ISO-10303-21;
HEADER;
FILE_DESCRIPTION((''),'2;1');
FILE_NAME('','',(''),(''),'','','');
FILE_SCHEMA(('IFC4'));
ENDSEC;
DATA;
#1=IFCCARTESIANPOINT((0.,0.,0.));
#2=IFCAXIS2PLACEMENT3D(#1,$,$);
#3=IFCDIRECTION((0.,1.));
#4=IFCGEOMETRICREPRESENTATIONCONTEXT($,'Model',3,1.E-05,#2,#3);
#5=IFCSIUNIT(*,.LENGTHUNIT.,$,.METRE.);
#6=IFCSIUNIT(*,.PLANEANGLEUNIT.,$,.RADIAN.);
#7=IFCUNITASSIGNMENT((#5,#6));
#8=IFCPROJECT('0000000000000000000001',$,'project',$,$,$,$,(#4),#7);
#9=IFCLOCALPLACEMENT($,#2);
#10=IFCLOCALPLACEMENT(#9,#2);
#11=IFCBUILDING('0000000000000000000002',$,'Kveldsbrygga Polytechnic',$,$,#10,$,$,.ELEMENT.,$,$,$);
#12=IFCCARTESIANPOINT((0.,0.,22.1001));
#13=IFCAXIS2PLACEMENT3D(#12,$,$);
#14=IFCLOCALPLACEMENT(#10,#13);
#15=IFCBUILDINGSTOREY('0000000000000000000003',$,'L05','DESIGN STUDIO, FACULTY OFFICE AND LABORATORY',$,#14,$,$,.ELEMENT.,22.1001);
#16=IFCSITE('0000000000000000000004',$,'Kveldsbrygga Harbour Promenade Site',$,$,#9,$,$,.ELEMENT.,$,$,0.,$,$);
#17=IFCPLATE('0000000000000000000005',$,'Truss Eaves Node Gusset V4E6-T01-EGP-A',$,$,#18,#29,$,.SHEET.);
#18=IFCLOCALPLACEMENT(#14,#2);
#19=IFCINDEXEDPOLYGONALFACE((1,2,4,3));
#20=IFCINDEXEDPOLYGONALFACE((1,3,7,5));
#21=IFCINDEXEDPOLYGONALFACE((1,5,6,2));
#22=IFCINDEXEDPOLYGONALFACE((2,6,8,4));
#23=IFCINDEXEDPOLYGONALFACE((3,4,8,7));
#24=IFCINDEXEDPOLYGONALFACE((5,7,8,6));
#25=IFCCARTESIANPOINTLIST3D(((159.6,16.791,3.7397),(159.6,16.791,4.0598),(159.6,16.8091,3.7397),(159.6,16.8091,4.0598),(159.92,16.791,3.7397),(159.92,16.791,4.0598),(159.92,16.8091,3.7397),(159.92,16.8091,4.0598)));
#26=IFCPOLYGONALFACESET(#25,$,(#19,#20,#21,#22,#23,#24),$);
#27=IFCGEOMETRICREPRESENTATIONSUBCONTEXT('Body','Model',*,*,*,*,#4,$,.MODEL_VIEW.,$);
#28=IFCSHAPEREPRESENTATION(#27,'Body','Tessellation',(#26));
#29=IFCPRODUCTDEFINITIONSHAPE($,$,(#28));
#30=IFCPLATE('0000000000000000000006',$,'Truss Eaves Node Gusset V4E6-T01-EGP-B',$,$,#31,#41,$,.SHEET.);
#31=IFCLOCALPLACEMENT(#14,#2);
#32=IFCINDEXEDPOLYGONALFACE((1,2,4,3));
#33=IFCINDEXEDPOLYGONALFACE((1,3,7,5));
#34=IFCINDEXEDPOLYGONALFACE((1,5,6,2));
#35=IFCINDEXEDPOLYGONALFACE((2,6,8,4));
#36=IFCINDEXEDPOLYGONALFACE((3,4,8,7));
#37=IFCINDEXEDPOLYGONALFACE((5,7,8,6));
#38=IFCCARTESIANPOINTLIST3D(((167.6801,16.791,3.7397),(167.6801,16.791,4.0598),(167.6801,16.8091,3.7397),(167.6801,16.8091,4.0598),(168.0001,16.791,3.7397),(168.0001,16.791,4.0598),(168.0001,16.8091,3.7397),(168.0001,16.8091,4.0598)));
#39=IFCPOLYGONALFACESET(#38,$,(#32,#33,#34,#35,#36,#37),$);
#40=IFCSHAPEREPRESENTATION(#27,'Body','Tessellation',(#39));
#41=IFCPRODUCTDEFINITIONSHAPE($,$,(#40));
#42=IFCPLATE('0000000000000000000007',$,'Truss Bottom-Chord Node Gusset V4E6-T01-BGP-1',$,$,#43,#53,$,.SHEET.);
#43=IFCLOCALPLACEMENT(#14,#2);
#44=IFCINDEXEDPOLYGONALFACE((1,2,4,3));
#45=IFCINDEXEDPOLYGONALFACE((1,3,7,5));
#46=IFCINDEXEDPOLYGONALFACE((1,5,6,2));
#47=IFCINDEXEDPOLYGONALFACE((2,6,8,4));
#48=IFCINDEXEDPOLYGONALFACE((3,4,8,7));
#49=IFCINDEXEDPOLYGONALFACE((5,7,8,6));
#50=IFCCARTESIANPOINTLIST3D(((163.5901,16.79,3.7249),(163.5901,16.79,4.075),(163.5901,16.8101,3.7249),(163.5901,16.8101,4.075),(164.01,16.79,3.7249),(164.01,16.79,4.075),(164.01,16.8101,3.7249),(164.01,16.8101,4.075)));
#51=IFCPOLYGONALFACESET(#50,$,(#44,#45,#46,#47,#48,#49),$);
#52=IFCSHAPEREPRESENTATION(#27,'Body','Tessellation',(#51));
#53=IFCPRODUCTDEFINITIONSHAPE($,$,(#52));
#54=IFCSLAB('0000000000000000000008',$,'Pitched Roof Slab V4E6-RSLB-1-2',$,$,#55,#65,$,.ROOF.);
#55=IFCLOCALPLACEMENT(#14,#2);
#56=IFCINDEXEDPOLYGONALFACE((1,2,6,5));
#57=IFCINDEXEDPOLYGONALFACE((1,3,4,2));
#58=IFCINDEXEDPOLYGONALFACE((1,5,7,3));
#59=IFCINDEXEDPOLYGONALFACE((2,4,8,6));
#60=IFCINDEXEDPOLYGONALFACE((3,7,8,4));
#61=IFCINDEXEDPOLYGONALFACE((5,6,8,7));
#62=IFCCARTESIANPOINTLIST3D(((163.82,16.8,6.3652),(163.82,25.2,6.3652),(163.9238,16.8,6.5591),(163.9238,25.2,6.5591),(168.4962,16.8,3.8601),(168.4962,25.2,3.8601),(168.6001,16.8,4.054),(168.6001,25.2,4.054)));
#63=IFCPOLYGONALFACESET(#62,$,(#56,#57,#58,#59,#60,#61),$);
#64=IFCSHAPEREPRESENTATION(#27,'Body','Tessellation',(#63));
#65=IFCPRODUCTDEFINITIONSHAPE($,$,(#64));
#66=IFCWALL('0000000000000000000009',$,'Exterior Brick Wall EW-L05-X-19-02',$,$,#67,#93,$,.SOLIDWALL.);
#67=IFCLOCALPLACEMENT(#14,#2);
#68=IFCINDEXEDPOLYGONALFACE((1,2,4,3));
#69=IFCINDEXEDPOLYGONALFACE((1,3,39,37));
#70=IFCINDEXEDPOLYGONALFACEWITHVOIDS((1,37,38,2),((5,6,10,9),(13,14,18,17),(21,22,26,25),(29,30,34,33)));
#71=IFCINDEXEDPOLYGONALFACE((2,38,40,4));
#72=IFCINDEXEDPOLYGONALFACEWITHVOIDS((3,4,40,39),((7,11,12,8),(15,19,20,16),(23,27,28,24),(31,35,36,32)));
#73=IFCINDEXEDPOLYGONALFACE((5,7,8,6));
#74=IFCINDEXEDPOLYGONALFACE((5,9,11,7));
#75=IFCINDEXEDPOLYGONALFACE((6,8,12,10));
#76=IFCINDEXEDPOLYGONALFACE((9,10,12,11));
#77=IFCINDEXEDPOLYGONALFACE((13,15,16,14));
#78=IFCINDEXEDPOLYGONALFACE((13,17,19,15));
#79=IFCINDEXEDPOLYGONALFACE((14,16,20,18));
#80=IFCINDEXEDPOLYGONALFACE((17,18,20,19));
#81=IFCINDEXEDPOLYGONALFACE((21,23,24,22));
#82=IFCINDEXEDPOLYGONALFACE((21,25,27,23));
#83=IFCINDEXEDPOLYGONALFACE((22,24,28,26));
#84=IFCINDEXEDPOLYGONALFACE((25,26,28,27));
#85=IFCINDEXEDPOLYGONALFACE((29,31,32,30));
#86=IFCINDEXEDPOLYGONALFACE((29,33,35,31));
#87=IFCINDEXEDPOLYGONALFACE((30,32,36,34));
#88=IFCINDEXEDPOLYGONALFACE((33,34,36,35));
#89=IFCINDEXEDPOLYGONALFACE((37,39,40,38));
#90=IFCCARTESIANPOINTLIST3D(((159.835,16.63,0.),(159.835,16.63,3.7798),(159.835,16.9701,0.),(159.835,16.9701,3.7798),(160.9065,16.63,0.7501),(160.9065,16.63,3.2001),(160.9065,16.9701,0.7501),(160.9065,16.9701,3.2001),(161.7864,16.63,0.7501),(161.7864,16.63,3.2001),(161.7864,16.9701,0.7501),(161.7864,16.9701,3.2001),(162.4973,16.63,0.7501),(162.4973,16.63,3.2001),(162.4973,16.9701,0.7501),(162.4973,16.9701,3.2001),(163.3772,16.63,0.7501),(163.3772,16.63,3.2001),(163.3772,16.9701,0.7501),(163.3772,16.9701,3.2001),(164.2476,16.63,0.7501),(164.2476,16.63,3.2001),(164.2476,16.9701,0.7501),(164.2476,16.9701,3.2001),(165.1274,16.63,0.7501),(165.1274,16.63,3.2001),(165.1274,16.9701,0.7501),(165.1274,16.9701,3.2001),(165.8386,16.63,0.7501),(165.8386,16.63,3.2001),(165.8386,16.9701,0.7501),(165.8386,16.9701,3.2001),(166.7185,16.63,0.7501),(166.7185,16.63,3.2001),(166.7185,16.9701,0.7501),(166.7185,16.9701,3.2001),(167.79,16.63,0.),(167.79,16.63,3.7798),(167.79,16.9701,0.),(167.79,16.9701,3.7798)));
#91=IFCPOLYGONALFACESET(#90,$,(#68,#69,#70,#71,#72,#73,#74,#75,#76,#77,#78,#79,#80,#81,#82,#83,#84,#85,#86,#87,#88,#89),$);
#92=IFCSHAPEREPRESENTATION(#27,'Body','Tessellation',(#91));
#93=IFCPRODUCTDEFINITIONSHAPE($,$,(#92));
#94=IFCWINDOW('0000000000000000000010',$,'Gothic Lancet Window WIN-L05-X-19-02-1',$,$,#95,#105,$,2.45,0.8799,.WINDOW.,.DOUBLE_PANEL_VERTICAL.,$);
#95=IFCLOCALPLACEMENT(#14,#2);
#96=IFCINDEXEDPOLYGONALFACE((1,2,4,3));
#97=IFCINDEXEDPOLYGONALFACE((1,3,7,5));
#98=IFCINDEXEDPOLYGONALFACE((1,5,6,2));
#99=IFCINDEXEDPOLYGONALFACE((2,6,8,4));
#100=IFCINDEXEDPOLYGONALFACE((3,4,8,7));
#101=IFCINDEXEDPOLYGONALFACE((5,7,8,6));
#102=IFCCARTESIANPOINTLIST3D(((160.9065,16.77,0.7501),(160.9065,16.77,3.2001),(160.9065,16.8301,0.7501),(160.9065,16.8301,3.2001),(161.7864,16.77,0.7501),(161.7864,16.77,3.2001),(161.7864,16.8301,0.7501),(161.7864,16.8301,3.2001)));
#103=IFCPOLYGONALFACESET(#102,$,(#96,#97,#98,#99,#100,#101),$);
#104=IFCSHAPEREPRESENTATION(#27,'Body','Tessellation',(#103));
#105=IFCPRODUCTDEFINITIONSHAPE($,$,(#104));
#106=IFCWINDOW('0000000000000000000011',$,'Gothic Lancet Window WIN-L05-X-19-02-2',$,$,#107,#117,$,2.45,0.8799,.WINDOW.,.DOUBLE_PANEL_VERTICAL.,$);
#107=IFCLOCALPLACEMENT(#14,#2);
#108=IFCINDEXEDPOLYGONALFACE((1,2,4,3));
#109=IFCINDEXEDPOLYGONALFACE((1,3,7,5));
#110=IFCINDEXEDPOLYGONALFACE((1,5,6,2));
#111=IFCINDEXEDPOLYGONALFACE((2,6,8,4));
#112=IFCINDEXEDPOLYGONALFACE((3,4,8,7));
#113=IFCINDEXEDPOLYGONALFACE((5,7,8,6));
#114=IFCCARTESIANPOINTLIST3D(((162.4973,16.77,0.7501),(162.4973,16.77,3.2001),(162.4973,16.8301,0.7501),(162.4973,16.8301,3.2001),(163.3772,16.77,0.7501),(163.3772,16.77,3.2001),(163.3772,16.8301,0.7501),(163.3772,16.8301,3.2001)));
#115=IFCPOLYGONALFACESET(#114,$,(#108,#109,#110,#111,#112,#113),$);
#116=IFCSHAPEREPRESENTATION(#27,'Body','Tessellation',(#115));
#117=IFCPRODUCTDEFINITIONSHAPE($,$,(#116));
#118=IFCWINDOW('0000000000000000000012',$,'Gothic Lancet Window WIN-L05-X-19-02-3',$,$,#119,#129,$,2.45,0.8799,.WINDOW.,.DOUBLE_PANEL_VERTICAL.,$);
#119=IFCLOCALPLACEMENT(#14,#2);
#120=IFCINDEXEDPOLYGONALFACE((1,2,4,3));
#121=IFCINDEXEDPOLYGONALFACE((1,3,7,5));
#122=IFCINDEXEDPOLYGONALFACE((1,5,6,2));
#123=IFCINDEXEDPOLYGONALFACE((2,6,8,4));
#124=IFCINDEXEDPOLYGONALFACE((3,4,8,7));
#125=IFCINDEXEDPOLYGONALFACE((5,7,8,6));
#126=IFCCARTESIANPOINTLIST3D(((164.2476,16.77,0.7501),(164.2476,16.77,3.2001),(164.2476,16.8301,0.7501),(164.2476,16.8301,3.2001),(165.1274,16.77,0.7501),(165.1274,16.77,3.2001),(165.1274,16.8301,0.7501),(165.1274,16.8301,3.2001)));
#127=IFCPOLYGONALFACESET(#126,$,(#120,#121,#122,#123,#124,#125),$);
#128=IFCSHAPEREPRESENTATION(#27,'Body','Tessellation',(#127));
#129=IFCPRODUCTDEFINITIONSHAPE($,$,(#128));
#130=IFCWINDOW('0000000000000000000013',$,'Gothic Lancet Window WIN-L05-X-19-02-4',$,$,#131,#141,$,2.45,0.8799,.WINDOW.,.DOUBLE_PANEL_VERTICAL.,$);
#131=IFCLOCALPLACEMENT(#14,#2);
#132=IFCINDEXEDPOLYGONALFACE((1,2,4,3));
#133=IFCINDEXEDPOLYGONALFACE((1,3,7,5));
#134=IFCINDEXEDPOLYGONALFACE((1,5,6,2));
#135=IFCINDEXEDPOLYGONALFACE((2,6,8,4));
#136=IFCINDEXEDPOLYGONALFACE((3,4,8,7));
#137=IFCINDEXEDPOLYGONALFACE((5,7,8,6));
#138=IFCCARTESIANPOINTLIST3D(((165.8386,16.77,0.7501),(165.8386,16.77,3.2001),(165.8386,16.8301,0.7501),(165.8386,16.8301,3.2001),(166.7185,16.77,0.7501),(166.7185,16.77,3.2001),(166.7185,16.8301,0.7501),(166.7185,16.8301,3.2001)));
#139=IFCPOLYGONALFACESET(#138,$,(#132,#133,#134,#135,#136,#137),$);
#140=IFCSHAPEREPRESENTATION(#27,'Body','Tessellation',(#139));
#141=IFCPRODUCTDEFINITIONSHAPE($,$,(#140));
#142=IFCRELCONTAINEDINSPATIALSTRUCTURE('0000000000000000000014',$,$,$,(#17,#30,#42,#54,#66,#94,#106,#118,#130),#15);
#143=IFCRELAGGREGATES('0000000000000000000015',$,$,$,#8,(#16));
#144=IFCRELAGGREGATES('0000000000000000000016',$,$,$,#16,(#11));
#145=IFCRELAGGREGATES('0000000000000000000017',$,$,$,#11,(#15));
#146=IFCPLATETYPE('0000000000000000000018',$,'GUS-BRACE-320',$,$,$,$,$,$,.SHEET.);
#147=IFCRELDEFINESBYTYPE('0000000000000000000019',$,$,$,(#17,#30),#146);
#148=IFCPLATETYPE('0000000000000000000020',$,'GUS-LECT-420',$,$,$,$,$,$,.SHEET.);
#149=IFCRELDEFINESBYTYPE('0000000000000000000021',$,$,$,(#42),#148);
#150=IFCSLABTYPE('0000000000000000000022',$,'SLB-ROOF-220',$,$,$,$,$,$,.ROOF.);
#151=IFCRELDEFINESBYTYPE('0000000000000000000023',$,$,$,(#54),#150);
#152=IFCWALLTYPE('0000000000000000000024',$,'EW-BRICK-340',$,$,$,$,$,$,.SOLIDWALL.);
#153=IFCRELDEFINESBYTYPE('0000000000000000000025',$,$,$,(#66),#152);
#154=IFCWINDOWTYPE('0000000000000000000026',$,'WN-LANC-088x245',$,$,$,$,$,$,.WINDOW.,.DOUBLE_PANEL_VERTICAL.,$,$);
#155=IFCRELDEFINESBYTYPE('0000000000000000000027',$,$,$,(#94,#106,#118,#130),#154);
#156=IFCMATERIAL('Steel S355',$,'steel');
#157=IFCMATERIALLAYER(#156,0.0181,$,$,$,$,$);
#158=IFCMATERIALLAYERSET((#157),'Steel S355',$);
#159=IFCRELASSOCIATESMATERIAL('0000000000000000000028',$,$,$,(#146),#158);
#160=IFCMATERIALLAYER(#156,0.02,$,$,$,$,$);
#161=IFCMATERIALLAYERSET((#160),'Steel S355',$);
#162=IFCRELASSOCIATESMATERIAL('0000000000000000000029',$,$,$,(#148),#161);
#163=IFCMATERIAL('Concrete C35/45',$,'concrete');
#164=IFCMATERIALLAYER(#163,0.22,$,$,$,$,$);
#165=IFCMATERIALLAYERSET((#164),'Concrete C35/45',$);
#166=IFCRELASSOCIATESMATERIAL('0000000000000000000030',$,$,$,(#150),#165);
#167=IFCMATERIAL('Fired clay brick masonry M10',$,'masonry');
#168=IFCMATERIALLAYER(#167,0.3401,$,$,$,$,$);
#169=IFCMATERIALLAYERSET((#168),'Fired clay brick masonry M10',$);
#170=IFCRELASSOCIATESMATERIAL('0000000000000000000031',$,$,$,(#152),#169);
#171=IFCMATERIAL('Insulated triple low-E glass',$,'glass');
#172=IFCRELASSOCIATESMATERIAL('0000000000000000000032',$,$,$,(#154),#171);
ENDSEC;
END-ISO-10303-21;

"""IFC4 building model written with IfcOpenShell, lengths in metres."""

from ifc_helpers import new_model, si_unit, direction, frame, frame_2d, origin, origin_2d, place, context, subcontext, project, spatial, polyline, rectangle, outline, extrude, material, layer, layer_set, type_object, element, fill, save


model = new_model("IFC4")

# Units and contexts
model_context = context("Model", 3, precision=1e-05, world=origin(), true_north=direction((0.0, 1.0)))
body_context = subcontext(model_context, "Body", "Model", "MODEL_VIEW")
ifc_project = project(units=[si_unit("LENGTHUNIT", "METRE"), si_unit("PLANEANGLEUNIT", "RADIAN")], contexts=[model_context])

# Site, building, storey
site_placement = place(None, origin())
site = spatial("IfcSite", under=ifc_project, at=site_placement, Name="Kveldsbrygga Harbour Promenade Site", CompositionType="ELEMENT", RefElevation=0.0)
building_placement = place(site_placement, origin())
building = spatial("IfcBuilding", under=site, at=building_placement, Name="Kveldsbrygga Polytechnic", CompositionType="ELEMENT")
storey_placement = place(building_placement, frame((0.0, 0.0, 22.1001)))
storey = spatial("IfcBuildingStorey", under=building, at=storey_placement, Name="L05", Description="DESIGN STUDIO, FACULTY OFFICE AND LABORATORY", CompositionType="ELEMENT", Elevation=22.1001)

# Shared definitions
ifc_material_1 = material(Name="Steel S355", Category="steel")

# Shared definitions
ifc_material_2 = material(Name="Insulated triple low-E glass", Category="glass")

# Plates
ifc_layer_1 = layer(ifc_material_1, 0.0181)
ifc_layer_set_1 = layer_set([ifc_layer_1], Name="Steel S355")
plate_type_1 = type_object("IfcPlateType", Name="GUS-BRACE-320", PredefinedType="SHEET", material=ifc_layer_set_1)
for number, where, z_axis, x_axis, name in (
    (1, (159.76, 16.8, 3.7397), (0.0, 0.0, 1.0), (1.0, 0.0, 0.0), "Truss Eaves Node Gusset V4E6-T01-EGP-A"),
    (2, (167.8401, 16.8, 3.7397), (0.0, 0.0, 1.0), (1.0, 0.0, 0.0), "Truss Eaves Node Gusset V4E6-T01-EGP-B"),
):
    element("IfcPlate", number, at=place(storey_placement, frame(where, z_axis=z_axis, x_axis=x_axis)), inside=storey, type_object=plate_type_1, Name=name, PredefinedType="SHEET", context=body_context, shape_type="SweptSolid", body=[
        extrude(rectangle(XDim=0.3201, YDim=0.0181, at=origin_2d()), origin(), (0.0, 0.0, 1.0), 0.3201),
    ])
ifc_layer_2 = layer(ifc_material_1, 0.02)
ifc_layer_set_2 = layer_set([ifc_layer_2], Name="Steel S355")
plate_type_2 = type_object("IfcPlateType", Name="GUS-LECT-420", PredefinedType="SHEET", material=ifc_layer_set_2)
plate_1_placement = place(storey_placement, frame((163.8, 16.8, 3.7249), z_axis=(0.0, 0.0, 1.0), x_axis=(1.0, 0.0, 0.0)))
element("IfcPlate", 3, at=plate_1_placement, inside=storey, type_object=plate_type_2, Name="Truss Bottom-Chord Node Gusset V4E6-T01-BGP-1", PredefinedType="SHEET", context=body_context, shape_type="SweptSolid", body=[
    extrude(rectangle(XDim=0.4199, YDim=0.02, at=origin_2d()), origin(), (0.0, 0.0, 1.0), 0.3501),
])

# Slab
ifc_material_3 = material(Name="Concrete C35/45", Category="concrete")
ifc_layer_3 = layer(ifc_material_3, 0.22)
ifc_layer_set_3 = layer_set([ifc_layer_3], Name="Concrete C35/45")
slab_type = type_object("IfcSlabType", Name="SLB-ROOF-220", PredefinedType="ROOF", material=ifc_layer_set_3)
slab_placement = place(storey_placement, frame((163.9238, 16.8, 6.5591), z_axis=(0.472219, 0.0, 0.881481), x_axis=(0.881481, 0.0, -0.472219)))
element("IfcSlab", 4, at=slab_placement, inside=storey, type_object=slab_type, Name="Pitched Roof Slab V4E6-RSLB-1-2", PredefinedType="ROOF", context=body_context, shape_type="SweptSolid", body=[
    extrude(outline(polyline([(0.0, 0.0), (5.305, 0.0), (5.305, 8.3999), (0.0, 8.3999), (0.0, 0.0)])), origin(), (0.0, 0.0, -1.0), 0.22),
])

# Wall, openings, windows
ifc_material_4 = material(Name="Fired clay brick masonry M10", Category="masonry")
ifc_layer_4 = layer(ifc_material_4, 0.3401)
ifc_layer_set_4 = layer_set([ifc_layer_4], Name="Fired clay brick masonry M10")
wall_type = type_object("IfcWallType", Name="EW-BRICK-340", PredefinedType="SOLIDWALL", material=ifc_layer_set_4)
wall_placement = place(storey_placement, frame((159.835, 16.8, 0.0), z_axis=(0.0, 0.0, 1.0), x_axis=(1.0, 0.0, 0.0)))
wall = element("IfcWall", 5, at=wall_placement, inside=storey, type_object=wall_type, Name="Exterior Brick Wall EW-L05-X-19-02", PredefinedType="SOLIDWALL", context=body_context, shape_type="SweptSolid", body=[
    extrude(rectangle(XDim=7.9551, YDim=0.3401, at=frame_2d((3.9775, 0.0))), origin(), (0.0, 0.0, 1.0), 3.7798),
])
opening_1_placement = place(wall_placement, frame((1.0715, 0.0, 0.75)))
opening_1 = element("IfcOpeningElement", 6, at=opening_1_placement, cuts=wall, PredefinedType="OPENING", context=body_context, shape_type="SweptSolid", body=[
    extrude(rectangle(XDim=0.8799, YDim=2.45, at=frame_2d((0.4399, 1.2251))), frame((0.0, 0.1802, 0.0), z_axis=(0.0, -1.0, 0.0), x_axis=(1.0, 0.0, 0.0)), (0.0, 0.0, 1.0), 0.3601),
])
opening_2_placement = place(wall_placement, frame((2.6624, 0.0, 0.75)))
opening_2 = element("IfcOpeningElement", 7, at=opening_2_placement, cuts=wall, PredefinedType="OPENING", context=body_context, shape_type="SweptSolid", body=[
    extrude(rectangle(XDim=0.8799, YDim=2.45, at=frame_2d((0.4399, 1.2251))), frame((0.0, 0.1802, 0.0), z_axis=(0.0, -1.0, 0.0), x_axis=(1.0, 0.0, 0.0)), (0.0, 0.0, 1.0), 0.3601),
])
opening_3_placement = place(wall_placement, frame((4.4126, 0.0, 0.75)))
opening_3 = element("IfcOpeningElement", 8, at=opening_3_placement, cuts=wall, PredefinedType="OPENING", context=body_context, shape_type="SweptSolid", body=[
    extrude(rectangle(XDim=0.8799, YDim=2.45, at=frame_2d((0.4399, 1.2251))), frame((0.0, 0.1802, 0.0), z_axis=(0.0, -1.0, 0.0), x_axis=(1.0, 0.0, 0.0)), (0.0, 0.0, 1.0), 0.3601),
])
opening_4_placement = place(wall_placement, frame((6.0037, 0.0, 0.75)))
opening_4 = element("IfcOpeningElement", 9, at=opening_4_placement, cuts=wall, PredefinedType="OPENING", context=body_context, shape_type="SweptSolid", body=[
    extrude(rectangle(XDim=0.8799, YDim=2.45, at=frame_2d((0.4399, 1.2251))), frame((0.0, 0.1802, 0.0), z_axis=(0.0, -1.0, 0.0), x_axis=(1.0, 0.0, 0.0)), (0.0, 0.0, 1.0), 0.3601),
])
window_type = type_object("IfcWindowType", Name="WN-LANC-088x245", PartitioningType="DOUBLE_PANEL_VERTICAL", PredefinedType="WINDOW", material=ifc_material_2)
window_1_placement = place(opening_1_placement, origin())
window_1 = element("IfcWindow", 10, at=window_1_placement, inside=storey, type_object=window_type, Name="Gothic Lancet Window WIN-L05-X-19-02-1", OverallHeight=2.45, OverallWidth=0.8799, PartitioningType="DOUBLE_PANEL_VERTICAL", PredefinedType="WINDOW", context=body_context, shape_type="SweptSolid", body=[
    extrude(rectangle(XDim=0.8799, YDim=2.45, at=frame_2d((0.4399, 1.2251))), frame((0.0, 0.03, 0.0), z_axis=(0.0, -1.0, 0.0), x_axis=(1.0, 0.0, 0.0)), (0.0, 0.0, 1.0), 0.0601),
])
fill(opening_1, window_1)
window_2_placement = place(opening_2_placement, origin())
window_2 = element("IfcWindow", 11, at=window_2_placement, inside=storey, type_object=window_type, Name="Gothic Lancet Window WIN-L05-X-19-02-2", OverallHeight=2.45, OverallWidth=0.8799, PartitioningType="DOUBLE_PANEL_VERTICAL", PredefinedType="WINDOW", context=body_context, shape_type="SweptSolid", body=[
    extrude(rectangle(XDim=0.8799, YDim=2.45, at=frame_2d((0.4399, 1.2251))), frame((0.0, 0.03, 0.0), z_axis=(0.0, -1.0, 0.0), x_axis=(1.0, 0.0, 0.0)), (0.0, 0.0, 1.0), 0.0601),
])
fill(opening_2, window_2)
window_3_placement = place(opening_3_placement, origin())
window_3 = element("IfcWindow", 12, at=window_3_placement, inside=storey, type_object=window_type, Name="Gothic Lancet Window WIN-L05-X-19-02-3", OverallHeight=2.45, OverallWidth=0.8799, PartitioningType="DOUBLE_PANEL_VERTICAL", PredefinedType="WINDOW", context=body_context, shape_type="SweptSolid", body=[
    extrude(rectangle(XDim=0.8799, YDim=2.45, at=frame_2d((0.4399, 1.2251))), frame((0.0, 0.03, 0.0), z_axis=(0.0, -1.0, 0.0), x_axis=(1.0, 0.0, 0.0)), (0.0, 0.0, 1.0), 0.0601),
])
fill(opening_3, window_3)
window_4_placement = place(opening_4_placement, origin())
window_4 = element("IfcWindow", 13, at=window_4_placement, inside=storey, type_object=window_type, Name="Gothic Lancet Window WIN-L05-X-19-02-4", OverallHeight=2.45, OverallWidth=0.8799, PartitioningType="DOUBLE_PANEL_VERTICAL", PredefinedType="WINDOW", context=body_context, shape_type="SweptSolid", body=[
    extrude(rectangle(XDim=0.8799, YDim=2.45, at=frame_2d((0.4399, 1.2251))), frame((0.0, 0.03, 0.0), z_axis=(0.0, -1.0, 0.0), x_axis=(1.0, 0.0, 0.0)), (0.0, 0.0, 1.0), 0.0601),
])
fill(opening_4, window_4)

save(model, "model.ifc")
